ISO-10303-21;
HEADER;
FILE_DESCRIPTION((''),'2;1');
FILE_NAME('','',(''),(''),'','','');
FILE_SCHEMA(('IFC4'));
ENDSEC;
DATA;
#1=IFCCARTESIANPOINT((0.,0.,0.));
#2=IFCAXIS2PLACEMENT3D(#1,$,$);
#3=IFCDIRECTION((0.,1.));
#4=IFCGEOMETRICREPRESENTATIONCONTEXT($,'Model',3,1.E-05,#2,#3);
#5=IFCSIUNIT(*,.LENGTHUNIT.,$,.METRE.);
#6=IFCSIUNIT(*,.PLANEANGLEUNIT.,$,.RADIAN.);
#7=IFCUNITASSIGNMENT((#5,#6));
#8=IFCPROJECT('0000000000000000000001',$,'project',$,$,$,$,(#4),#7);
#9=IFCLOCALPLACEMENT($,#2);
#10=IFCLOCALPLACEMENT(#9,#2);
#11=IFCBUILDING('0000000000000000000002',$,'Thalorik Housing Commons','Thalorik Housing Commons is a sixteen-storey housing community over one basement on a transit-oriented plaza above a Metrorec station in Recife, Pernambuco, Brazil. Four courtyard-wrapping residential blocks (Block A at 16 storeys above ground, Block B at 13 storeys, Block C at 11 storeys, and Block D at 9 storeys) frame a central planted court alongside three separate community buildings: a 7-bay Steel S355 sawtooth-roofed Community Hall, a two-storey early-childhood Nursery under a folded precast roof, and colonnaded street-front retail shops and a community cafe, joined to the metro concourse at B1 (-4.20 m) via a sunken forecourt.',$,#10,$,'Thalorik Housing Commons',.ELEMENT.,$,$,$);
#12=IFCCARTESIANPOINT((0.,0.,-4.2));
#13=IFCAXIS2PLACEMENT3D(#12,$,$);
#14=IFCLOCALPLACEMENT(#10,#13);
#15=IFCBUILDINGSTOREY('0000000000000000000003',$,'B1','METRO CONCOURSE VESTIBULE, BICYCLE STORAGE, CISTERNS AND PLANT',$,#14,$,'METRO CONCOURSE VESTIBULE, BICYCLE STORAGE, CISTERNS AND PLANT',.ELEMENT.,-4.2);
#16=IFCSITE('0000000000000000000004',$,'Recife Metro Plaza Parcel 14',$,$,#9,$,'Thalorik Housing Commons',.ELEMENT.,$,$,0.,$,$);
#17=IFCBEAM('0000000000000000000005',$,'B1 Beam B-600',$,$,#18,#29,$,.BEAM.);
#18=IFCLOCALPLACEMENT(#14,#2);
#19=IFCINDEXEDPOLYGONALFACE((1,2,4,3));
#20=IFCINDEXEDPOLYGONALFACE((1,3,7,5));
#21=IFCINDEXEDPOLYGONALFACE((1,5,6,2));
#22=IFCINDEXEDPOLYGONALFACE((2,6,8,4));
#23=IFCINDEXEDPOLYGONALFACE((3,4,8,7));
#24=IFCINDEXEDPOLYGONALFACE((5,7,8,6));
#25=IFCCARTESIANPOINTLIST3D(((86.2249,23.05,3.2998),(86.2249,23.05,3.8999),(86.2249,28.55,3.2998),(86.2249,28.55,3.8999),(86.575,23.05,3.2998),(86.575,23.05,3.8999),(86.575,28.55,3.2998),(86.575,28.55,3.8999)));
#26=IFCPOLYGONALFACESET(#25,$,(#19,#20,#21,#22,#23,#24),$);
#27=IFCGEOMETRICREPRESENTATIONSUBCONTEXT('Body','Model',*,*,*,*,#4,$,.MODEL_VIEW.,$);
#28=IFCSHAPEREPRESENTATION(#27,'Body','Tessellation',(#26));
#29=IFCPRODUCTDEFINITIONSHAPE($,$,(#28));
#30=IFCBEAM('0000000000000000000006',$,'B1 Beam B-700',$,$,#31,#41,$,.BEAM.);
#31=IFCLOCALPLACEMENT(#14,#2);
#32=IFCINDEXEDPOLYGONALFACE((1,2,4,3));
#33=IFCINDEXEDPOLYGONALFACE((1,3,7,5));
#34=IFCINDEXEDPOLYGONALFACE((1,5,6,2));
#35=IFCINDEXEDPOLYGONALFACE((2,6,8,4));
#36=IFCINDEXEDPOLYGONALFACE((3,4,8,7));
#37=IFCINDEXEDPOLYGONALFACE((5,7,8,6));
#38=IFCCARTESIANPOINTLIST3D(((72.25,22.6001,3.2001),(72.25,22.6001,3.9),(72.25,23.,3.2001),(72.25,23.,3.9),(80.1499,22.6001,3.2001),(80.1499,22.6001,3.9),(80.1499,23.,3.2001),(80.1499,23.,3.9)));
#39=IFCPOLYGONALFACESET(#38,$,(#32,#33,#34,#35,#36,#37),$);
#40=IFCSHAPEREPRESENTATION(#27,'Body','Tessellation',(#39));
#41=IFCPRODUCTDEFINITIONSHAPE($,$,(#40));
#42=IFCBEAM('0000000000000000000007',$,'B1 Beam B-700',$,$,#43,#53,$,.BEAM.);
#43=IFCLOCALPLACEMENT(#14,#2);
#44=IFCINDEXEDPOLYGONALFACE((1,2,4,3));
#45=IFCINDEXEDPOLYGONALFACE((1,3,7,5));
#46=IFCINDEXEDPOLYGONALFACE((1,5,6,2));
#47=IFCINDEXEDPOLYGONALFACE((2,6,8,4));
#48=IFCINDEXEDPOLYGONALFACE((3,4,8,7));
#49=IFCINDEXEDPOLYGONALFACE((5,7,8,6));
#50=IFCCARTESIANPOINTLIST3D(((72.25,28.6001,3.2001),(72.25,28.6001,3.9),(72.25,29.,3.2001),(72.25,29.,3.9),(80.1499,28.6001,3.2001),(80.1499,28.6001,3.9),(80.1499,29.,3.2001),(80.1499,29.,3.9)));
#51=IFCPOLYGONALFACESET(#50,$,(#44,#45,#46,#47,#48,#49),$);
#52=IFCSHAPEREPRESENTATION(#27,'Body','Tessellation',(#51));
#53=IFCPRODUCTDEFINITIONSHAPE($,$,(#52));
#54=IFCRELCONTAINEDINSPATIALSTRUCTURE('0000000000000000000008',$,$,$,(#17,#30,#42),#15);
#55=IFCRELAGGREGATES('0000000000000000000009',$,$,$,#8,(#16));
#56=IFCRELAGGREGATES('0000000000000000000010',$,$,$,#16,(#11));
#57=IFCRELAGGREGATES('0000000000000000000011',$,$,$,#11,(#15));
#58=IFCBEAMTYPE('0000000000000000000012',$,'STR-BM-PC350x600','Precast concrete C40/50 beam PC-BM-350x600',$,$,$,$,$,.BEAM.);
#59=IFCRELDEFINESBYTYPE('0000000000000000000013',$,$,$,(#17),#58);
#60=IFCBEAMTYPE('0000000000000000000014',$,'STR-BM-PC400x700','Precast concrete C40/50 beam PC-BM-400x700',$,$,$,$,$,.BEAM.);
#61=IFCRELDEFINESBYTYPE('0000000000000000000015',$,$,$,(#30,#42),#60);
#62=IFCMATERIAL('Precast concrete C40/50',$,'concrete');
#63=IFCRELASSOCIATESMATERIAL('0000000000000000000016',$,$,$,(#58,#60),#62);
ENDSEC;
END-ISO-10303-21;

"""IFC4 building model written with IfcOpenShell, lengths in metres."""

from ifc_helpers import new_model, si_unit, direction, frame, origin, origin_2d, place, context, subcontext, project, spatial, rectangle, extrude, material, material_profile, profile_set, type_object, element, save


model = new_model("IFC4")

# Units and contexts
model_context = context("Model", 3, precision=1e-05, world=origin(), true_north=direction((0.0, 1.0)))
body_context = subcontext(model_context, "Body", "Model", "MODEL_VIEW")
ifc_project = project(units=[si_unit("LENGTHUNIT", "METRE"), si_unit("PLANEANGLEUNIT", "RADIAN")], contexts=[model_context])

# Site, building, storey
site_placement = place(None, origin())
site = spatial("IfcSite", under=ifc_project, at=site_placement, Name="Recife Metro Plaza Parcel 14", LongName="Thalorik Housing Commons", CompositionType="ELEMENT", RefElevation=0.0)
building_placement = place(site_placement, origin())
building = spatial("IfcBuilding", under=site, at=building_placement, Name="Thalorik Housing Commons", Description="Thalorik Housing Commons is a sixteen-storey housing community over one basement on a transit-oriented plaza above a Metrorec station in Recife, Pernambuco, Brazil. Four courtyard-wrapping residential blocks (Block A at 16 storeys above ground, Block B at 13 storeys, Block C at 11 storeys, and Block D at 9 storeys) frame a central planted court alongside three separate community buildings: a 7-bay Steel S355 sawtooth-roofed Community Hall, a two-storey early-childhood Nursery under a folded precast roof, and colonnaded street-front retail shops and a community cafe, joined to the metro concourse at B1 (-4.20 m) via a sunken forecourt.", LongName="Thalorik Housing Commons", CompositionType="ELEMENT")
storey_placement = place(building_placement, frame((0.0, 0.0, -4.2)))
storey = spatial("IfcBuildingStorey", under=building, at=storey_placement, Name="B1", Description="METRO CONCOURSE VESTIBULE, BICYCLE STORAGE, CISTERNS AND PLANT", LongName="METRO CONCOURSE VESTIBULE, BICYCLE STORAGE, CISTERNS AND PLANT", CompositionType="ELEMENT", Elevation=-4.2)

# Shared definitions
ifc_material_1 = material(Name="Precast concrete C40/50", Category="concrete")

# Beams
ifc_material_profile_1 = material_profile(ifc_material_1, rectangle(XDim=0.3501, YDim=0.6001, at=origin_2d()), Name="PC 350x600", Category="concrete")
ifc_profile_set_1 = profile_set([ifc_material_profile_1], Name="Precast concrete C40/50")
beam_type_1 = type_object("IfcBeamType", Name="STR-BM-PC350x600", Description="Precast concrete C40/50 beam PC-BM-350x600", PredefinedType="BEAM", material=ifc_profile_set_1)
for number, where, z_axis, x_axis, name in (
    (1, (86.3999, 23.05, 3.5999), (0.0, 1.0, 0.0), (-1.0, 0.0, 0.0), "B1 Beam B-600"),
):
    element("IfcBeam", number, at=place(storey_placement, frame(where, z_axis=z_axis, x_axis=x_axis)), inside=storey, type_object=beam_type_1, Name=name, PredefinedType="BEAM", context=body_context, shape_type="SweptSolid", body=[
        extrude(rectangle(XDim=0.3501, YDim=0.6001, at=origin_2d()), origin(), (0.0, 0.0, 1.0), 5.5),
    ])
ifc_material_profile_2 = material_profile(ifc_material_1, rectangle(XDim=0.3999, YDim=0.7, at=origin_2d()), Name="PC 400x700", Category="concrete")
ifc_profile_set_2 = profile_set([ifc_material_profile_2], Name="Precast concrete C40/50")
beam_type_2 = type_object("IfcBeamType", Name="STR-BM-PC400x700", Description="Precast concrete C40/50 beam PC-BM-400x700", PredefinedType="BEAM", material=ifc_profile_set_2)
for number, where, z_axis, x_axis, name in (
    (2, (72.25, 22.8, 3.55), (1.0, 0.0, 0.0), (0.0, 1.0, 0.0), "B1 Beam B-700"),
    (3, (72.25, 28.8, 3.55), (1.0, 0.0, 0.0), (0.0, 1.0, 0.0), "B1 Beam B-700"),
):
    element("IfcBeam", number, at=place(storey_placement, frame(where, z_axis=z_axis, x_axis=x_axis)), inside=storey, type_object=beam_type_2, Name=name, PredefinedType="BEAM", context=body_context, shape_type="SweptSolid", body=[
        extrude(rectangle(XDim=0.3999, YDim=0.7, at=origin_2d()), origin(), (0.0, 0.0, 1.0), 7.8999),
    ])

save(model, "model.ifc")
